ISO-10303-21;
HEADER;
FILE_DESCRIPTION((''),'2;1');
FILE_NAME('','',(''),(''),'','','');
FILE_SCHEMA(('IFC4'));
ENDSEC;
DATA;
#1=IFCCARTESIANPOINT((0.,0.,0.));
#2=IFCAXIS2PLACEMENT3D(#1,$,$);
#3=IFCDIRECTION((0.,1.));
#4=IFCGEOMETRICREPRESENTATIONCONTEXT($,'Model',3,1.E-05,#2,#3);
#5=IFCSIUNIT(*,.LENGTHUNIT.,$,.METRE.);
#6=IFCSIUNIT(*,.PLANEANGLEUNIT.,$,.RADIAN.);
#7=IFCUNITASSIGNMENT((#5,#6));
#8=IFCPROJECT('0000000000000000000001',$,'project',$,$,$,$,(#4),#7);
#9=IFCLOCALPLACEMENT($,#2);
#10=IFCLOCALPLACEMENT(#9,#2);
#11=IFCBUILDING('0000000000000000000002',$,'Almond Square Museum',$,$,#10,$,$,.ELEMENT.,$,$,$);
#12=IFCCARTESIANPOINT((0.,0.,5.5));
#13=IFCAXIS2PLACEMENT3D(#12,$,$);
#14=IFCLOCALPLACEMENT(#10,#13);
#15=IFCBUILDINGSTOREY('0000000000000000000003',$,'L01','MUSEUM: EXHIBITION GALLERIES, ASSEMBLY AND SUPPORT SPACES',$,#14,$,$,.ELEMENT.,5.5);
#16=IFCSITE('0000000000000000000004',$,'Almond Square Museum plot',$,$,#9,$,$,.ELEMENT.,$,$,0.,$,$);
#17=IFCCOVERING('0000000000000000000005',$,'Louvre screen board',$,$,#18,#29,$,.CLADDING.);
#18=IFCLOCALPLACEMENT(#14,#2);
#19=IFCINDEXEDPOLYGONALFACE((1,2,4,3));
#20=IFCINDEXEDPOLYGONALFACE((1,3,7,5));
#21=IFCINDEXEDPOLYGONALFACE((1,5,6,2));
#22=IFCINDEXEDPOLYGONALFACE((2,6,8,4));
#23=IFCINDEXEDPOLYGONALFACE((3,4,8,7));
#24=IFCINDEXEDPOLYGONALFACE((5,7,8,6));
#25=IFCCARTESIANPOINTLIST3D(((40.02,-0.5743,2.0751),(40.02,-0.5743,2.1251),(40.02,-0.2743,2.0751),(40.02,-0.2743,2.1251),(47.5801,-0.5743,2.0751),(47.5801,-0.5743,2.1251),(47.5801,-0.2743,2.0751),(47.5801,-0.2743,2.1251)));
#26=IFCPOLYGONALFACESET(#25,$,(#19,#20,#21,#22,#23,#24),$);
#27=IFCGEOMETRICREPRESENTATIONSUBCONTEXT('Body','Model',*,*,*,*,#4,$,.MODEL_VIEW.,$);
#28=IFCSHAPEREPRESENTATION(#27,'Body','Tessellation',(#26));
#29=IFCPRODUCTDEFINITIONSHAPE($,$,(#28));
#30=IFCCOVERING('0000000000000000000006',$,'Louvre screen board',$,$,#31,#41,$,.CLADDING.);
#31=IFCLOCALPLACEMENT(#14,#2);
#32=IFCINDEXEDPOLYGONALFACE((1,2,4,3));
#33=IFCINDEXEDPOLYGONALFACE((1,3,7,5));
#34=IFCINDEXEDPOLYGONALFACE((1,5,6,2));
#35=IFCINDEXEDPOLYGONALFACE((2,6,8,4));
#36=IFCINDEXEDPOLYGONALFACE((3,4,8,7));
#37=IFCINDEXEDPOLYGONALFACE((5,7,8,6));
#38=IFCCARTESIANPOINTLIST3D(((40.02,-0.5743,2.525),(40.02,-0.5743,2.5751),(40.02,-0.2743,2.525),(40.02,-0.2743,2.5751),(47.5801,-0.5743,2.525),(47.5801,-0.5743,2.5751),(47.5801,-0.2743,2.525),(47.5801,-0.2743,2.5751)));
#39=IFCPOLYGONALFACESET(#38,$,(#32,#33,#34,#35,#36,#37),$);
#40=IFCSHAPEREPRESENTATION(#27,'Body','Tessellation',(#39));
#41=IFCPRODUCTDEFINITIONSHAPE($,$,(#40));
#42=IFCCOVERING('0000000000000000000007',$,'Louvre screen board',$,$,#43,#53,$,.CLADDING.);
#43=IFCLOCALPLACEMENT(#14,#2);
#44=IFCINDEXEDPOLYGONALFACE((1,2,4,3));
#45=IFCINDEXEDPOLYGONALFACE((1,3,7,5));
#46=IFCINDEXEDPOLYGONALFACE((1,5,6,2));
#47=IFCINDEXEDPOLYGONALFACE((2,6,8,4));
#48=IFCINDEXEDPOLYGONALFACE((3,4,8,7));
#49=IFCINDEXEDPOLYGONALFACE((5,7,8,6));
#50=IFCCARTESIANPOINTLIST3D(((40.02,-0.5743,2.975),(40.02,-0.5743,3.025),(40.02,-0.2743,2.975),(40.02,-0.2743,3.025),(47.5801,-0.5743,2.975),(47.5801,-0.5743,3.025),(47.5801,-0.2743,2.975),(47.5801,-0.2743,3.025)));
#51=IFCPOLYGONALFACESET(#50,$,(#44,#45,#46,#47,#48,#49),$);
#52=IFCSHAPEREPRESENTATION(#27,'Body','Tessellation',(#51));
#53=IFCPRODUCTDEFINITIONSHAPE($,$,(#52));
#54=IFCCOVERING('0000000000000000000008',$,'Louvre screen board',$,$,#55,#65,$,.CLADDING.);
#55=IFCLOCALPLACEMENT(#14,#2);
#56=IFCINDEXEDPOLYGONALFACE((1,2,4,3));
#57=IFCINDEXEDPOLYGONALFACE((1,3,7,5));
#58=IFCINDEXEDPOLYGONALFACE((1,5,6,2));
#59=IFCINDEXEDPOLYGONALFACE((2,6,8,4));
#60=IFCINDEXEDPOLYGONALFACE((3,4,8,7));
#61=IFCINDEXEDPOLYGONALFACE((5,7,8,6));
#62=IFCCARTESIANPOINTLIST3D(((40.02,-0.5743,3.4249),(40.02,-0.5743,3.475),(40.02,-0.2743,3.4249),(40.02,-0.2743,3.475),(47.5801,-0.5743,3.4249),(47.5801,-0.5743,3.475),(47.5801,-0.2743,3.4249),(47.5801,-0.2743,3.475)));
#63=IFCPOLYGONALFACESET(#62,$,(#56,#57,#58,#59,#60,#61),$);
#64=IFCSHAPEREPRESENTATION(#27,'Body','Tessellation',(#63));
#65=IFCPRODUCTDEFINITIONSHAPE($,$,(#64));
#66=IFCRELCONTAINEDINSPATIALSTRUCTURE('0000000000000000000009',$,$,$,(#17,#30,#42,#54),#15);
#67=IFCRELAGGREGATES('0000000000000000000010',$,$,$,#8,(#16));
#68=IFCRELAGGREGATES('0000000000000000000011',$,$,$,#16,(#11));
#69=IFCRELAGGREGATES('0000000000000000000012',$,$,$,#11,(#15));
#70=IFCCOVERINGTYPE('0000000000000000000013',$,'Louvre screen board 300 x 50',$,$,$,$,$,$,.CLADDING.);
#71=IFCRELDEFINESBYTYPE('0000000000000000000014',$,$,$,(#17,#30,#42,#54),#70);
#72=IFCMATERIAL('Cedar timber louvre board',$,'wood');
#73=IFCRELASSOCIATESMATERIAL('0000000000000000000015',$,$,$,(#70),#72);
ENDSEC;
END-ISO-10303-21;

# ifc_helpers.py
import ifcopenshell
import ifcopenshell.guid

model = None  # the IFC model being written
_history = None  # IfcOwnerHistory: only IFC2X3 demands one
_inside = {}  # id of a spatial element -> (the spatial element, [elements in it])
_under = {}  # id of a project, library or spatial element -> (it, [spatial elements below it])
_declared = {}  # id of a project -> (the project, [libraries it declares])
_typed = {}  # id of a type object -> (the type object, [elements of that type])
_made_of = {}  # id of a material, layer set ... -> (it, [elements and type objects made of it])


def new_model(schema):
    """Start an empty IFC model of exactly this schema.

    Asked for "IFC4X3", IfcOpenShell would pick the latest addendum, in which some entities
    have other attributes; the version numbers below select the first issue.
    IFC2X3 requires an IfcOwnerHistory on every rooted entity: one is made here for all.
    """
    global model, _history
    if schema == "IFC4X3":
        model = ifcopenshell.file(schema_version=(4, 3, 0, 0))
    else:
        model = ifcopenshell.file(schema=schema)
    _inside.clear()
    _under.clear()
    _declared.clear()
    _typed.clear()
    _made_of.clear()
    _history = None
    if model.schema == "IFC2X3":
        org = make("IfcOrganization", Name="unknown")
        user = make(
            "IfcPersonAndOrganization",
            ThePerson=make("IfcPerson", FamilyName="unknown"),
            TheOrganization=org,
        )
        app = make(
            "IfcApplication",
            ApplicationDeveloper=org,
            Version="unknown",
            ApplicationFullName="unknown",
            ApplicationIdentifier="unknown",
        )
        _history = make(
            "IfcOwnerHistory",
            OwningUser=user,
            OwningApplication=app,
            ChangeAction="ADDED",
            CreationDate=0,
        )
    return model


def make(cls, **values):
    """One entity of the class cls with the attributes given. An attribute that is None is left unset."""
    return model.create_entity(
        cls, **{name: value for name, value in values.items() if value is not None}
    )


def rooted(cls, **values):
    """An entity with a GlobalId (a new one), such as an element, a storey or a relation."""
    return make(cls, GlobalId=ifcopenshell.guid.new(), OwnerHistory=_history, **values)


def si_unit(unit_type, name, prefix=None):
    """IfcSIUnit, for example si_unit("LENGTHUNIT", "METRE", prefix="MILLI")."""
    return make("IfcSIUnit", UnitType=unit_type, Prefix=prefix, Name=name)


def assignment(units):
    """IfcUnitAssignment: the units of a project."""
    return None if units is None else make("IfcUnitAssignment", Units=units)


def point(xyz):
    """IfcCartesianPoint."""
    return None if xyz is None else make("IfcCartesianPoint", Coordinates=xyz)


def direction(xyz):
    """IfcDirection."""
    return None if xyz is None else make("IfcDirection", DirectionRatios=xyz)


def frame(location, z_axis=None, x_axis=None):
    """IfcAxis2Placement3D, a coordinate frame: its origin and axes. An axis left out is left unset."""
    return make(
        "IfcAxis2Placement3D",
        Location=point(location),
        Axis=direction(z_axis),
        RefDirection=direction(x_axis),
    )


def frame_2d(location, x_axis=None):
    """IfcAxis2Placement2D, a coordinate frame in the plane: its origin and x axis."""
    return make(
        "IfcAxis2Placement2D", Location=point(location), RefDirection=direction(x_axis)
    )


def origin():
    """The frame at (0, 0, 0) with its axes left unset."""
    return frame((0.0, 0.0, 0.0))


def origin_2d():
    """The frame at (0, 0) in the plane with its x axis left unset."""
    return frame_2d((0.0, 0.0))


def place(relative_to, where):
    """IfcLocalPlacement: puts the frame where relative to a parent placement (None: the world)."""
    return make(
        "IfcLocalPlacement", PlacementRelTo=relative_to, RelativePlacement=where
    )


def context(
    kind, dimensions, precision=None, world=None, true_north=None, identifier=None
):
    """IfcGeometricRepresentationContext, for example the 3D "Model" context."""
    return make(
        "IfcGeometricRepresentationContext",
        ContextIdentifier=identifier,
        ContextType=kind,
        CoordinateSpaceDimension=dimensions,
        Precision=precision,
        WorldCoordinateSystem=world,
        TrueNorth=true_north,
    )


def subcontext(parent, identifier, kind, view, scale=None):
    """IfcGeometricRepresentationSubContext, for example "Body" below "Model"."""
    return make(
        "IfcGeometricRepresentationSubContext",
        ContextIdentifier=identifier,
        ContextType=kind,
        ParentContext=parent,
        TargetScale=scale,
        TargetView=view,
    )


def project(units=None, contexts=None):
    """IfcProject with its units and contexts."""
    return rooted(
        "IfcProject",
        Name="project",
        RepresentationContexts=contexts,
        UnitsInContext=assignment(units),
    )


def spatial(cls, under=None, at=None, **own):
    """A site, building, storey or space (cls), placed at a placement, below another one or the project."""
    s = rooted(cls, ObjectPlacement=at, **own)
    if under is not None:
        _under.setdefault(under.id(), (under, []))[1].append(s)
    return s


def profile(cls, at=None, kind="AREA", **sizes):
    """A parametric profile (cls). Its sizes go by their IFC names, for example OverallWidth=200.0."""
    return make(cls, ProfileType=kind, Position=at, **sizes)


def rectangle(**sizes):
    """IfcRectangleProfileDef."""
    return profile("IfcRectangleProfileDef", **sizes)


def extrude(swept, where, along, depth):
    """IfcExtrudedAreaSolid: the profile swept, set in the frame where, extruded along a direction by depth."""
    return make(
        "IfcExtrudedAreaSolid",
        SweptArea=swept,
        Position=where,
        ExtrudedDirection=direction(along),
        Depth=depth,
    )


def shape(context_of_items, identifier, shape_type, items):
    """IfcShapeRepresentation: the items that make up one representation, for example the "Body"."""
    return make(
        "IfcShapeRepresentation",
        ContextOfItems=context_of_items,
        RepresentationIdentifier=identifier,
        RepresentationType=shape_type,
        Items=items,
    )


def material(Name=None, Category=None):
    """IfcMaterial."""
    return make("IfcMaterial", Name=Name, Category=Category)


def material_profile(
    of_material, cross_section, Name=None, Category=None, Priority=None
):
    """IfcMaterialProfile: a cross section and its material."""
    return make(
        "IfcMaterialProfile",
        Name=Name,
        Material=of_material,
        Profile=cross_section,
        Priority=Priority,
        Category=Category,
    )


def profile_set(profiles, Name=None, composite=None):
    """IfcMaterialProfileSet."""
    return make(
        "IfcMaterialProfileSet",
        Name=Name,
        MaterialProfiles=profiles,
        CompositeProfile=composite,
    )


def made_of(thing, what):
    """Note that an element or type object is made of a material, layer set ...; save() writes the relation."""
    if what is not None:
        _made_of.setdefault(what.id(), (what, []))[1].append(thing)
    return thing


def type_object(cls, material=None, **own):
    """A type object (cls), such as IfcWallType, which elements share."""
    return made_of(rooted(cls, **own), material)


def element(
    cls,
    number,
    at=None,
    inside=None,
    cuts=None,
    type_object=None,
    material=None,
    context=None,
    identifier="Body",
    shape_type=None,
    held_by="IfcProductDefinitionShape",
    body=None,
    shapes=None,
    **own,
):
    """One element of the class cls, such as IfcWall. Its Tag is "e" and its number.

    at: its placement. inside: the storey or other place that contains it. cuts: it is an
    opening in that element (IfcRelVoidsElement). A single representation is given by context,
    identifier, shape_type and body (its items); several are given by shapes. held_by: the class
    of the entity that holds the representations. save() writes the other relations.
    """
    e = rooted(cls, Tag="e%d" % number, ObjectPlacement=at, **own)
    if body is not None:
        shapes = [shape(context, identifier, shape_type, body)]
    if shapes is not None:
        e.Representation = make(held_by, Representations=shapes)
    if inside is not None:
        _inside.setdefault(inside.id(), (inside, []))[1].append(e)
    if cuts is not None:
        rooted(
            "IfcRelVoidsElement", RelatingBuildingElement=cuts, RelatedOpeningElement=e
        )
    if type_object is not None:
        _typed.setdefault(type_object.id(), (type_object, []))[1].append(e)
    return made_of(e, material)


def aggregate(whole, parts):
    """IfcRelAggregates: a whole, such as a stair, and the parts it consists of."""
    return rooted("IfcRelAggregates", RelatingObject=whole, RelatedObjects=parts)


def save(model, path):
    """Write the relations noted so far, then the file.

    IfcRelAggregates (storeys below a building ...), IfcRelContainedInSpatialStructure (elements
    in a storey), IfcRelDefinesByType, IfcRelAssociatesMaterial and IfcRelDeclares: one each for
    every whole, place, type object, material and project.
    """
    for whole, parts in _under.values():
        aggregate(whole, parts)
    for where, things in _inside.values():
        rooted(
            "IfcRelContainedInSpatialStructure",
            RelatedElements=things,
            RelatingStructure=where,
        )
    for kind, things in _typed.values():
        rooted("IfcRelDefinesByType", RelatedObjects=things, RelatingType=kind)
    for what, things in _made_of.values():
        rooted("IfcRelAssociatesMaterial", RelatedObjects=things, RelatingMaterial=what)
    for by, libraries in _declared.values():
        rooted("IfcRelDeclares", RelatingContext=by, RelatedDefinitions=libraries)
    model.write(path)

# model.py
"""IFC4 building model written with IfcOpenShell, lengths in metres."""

from ifc_helpers import new_model, si_unit, direction, frame, origin, origin_2d, place, context, subcontext, project, spatial, rectangle, extrude, material, material_profile, profile_set, type_object, element, save


model = new_model("IFC4")

# Units and contexts
model_context = context("Model", 3, precision=1e-05, world=origin(), true_north=direction((0.0, 1.0)))
body_context = subcontext(model_context, "Body", "Model", "MODEL_VIEW")
ifc_project = project(units=[si_unit("LENGTHUNIT", "METRE"), si_unit("PLANEANGLEUNIT", "RADIAN")], contexts=[model_context])

# Site, building, storey
site_placement = place(None, origin())
site = spatial("IfcSite", under=ifc_project, at=site_placement, Name="Almond Square Museum plot", CompositionType="ELEMENT", RefElevation=0.0)
building_placement = place(site_placement, origin())
building = spatial("IfcBuilding", under=site, at=building_placement, Name="Almond Square Museum", CompositionType="ELEMENT")
storey_placement = place(building_placement, frame((0.0, 0.0, 5.5)))
storey = spatial("IfcBuildingStorey", under=building, at=storey_placement, Name="L01", Description="MUSEUM: EXHIBITION GALLERIES, ASSEMBLY AND SUPPORT SPACES", CompositionType="ELEMENT", Elevation=5.5)

# Coverings
ifc_material_1 = material(Name="Cedar timber louvre board", Category="wood")
ifc_material_profile_1 = material_profile(ifc_material_1, rectangle(XDim=0.3, YDim=0.05, at=origin_2d()))
ifc_profile_set_1 = profile_set([ifc_material_profile_1], Name="Cedar timber louvre board")
covering_type = type_object("IfcCoveringType", Name="Louvre screen board 300 x 50", PredefinedType="CLADDING", material=ifc_profile_set_1)
for number, where, z_axis, x_axis, name in (
    (1, (40.02, -0.4243, 2.1001), (1.0, 0.0, 0.0), (0.0, 1.0, 0.0), "Louvre screen board"),
    (2, (40.02, -0.4243, 2.55), (1.0, 0.0, 0.0), (0.0, 1.0, 0.0), "Louvre screen board"),
    (3, (40.02, -0.4243, 3.0), (1.0, 0.0, 0.0), (0.0, 1.0, 0.0), "Louvre screen board"),
    (4, (40.02, -0.4243, 3.45), (1.0, 0.0, 0.0), (0.0, 1.0, 0.0), "Louvre screen board"),
):
    element("IfcCovering", number, at=place(storey_placement, frame(where, z_axis=z_axis, x_axis=x_axis)), inside=storey, type_object=covering_type, Name=name, PredefinedType="CLADDING", context=body_context, shape_type="SweptSolid", body=[
        extrude(rectangle(XDim=0.3, YDim=0.05, at=origin_2d()), origin(), (0.0, 0.0, 1.0), 7.5601),
    ])

save(model, "model.ifc")
